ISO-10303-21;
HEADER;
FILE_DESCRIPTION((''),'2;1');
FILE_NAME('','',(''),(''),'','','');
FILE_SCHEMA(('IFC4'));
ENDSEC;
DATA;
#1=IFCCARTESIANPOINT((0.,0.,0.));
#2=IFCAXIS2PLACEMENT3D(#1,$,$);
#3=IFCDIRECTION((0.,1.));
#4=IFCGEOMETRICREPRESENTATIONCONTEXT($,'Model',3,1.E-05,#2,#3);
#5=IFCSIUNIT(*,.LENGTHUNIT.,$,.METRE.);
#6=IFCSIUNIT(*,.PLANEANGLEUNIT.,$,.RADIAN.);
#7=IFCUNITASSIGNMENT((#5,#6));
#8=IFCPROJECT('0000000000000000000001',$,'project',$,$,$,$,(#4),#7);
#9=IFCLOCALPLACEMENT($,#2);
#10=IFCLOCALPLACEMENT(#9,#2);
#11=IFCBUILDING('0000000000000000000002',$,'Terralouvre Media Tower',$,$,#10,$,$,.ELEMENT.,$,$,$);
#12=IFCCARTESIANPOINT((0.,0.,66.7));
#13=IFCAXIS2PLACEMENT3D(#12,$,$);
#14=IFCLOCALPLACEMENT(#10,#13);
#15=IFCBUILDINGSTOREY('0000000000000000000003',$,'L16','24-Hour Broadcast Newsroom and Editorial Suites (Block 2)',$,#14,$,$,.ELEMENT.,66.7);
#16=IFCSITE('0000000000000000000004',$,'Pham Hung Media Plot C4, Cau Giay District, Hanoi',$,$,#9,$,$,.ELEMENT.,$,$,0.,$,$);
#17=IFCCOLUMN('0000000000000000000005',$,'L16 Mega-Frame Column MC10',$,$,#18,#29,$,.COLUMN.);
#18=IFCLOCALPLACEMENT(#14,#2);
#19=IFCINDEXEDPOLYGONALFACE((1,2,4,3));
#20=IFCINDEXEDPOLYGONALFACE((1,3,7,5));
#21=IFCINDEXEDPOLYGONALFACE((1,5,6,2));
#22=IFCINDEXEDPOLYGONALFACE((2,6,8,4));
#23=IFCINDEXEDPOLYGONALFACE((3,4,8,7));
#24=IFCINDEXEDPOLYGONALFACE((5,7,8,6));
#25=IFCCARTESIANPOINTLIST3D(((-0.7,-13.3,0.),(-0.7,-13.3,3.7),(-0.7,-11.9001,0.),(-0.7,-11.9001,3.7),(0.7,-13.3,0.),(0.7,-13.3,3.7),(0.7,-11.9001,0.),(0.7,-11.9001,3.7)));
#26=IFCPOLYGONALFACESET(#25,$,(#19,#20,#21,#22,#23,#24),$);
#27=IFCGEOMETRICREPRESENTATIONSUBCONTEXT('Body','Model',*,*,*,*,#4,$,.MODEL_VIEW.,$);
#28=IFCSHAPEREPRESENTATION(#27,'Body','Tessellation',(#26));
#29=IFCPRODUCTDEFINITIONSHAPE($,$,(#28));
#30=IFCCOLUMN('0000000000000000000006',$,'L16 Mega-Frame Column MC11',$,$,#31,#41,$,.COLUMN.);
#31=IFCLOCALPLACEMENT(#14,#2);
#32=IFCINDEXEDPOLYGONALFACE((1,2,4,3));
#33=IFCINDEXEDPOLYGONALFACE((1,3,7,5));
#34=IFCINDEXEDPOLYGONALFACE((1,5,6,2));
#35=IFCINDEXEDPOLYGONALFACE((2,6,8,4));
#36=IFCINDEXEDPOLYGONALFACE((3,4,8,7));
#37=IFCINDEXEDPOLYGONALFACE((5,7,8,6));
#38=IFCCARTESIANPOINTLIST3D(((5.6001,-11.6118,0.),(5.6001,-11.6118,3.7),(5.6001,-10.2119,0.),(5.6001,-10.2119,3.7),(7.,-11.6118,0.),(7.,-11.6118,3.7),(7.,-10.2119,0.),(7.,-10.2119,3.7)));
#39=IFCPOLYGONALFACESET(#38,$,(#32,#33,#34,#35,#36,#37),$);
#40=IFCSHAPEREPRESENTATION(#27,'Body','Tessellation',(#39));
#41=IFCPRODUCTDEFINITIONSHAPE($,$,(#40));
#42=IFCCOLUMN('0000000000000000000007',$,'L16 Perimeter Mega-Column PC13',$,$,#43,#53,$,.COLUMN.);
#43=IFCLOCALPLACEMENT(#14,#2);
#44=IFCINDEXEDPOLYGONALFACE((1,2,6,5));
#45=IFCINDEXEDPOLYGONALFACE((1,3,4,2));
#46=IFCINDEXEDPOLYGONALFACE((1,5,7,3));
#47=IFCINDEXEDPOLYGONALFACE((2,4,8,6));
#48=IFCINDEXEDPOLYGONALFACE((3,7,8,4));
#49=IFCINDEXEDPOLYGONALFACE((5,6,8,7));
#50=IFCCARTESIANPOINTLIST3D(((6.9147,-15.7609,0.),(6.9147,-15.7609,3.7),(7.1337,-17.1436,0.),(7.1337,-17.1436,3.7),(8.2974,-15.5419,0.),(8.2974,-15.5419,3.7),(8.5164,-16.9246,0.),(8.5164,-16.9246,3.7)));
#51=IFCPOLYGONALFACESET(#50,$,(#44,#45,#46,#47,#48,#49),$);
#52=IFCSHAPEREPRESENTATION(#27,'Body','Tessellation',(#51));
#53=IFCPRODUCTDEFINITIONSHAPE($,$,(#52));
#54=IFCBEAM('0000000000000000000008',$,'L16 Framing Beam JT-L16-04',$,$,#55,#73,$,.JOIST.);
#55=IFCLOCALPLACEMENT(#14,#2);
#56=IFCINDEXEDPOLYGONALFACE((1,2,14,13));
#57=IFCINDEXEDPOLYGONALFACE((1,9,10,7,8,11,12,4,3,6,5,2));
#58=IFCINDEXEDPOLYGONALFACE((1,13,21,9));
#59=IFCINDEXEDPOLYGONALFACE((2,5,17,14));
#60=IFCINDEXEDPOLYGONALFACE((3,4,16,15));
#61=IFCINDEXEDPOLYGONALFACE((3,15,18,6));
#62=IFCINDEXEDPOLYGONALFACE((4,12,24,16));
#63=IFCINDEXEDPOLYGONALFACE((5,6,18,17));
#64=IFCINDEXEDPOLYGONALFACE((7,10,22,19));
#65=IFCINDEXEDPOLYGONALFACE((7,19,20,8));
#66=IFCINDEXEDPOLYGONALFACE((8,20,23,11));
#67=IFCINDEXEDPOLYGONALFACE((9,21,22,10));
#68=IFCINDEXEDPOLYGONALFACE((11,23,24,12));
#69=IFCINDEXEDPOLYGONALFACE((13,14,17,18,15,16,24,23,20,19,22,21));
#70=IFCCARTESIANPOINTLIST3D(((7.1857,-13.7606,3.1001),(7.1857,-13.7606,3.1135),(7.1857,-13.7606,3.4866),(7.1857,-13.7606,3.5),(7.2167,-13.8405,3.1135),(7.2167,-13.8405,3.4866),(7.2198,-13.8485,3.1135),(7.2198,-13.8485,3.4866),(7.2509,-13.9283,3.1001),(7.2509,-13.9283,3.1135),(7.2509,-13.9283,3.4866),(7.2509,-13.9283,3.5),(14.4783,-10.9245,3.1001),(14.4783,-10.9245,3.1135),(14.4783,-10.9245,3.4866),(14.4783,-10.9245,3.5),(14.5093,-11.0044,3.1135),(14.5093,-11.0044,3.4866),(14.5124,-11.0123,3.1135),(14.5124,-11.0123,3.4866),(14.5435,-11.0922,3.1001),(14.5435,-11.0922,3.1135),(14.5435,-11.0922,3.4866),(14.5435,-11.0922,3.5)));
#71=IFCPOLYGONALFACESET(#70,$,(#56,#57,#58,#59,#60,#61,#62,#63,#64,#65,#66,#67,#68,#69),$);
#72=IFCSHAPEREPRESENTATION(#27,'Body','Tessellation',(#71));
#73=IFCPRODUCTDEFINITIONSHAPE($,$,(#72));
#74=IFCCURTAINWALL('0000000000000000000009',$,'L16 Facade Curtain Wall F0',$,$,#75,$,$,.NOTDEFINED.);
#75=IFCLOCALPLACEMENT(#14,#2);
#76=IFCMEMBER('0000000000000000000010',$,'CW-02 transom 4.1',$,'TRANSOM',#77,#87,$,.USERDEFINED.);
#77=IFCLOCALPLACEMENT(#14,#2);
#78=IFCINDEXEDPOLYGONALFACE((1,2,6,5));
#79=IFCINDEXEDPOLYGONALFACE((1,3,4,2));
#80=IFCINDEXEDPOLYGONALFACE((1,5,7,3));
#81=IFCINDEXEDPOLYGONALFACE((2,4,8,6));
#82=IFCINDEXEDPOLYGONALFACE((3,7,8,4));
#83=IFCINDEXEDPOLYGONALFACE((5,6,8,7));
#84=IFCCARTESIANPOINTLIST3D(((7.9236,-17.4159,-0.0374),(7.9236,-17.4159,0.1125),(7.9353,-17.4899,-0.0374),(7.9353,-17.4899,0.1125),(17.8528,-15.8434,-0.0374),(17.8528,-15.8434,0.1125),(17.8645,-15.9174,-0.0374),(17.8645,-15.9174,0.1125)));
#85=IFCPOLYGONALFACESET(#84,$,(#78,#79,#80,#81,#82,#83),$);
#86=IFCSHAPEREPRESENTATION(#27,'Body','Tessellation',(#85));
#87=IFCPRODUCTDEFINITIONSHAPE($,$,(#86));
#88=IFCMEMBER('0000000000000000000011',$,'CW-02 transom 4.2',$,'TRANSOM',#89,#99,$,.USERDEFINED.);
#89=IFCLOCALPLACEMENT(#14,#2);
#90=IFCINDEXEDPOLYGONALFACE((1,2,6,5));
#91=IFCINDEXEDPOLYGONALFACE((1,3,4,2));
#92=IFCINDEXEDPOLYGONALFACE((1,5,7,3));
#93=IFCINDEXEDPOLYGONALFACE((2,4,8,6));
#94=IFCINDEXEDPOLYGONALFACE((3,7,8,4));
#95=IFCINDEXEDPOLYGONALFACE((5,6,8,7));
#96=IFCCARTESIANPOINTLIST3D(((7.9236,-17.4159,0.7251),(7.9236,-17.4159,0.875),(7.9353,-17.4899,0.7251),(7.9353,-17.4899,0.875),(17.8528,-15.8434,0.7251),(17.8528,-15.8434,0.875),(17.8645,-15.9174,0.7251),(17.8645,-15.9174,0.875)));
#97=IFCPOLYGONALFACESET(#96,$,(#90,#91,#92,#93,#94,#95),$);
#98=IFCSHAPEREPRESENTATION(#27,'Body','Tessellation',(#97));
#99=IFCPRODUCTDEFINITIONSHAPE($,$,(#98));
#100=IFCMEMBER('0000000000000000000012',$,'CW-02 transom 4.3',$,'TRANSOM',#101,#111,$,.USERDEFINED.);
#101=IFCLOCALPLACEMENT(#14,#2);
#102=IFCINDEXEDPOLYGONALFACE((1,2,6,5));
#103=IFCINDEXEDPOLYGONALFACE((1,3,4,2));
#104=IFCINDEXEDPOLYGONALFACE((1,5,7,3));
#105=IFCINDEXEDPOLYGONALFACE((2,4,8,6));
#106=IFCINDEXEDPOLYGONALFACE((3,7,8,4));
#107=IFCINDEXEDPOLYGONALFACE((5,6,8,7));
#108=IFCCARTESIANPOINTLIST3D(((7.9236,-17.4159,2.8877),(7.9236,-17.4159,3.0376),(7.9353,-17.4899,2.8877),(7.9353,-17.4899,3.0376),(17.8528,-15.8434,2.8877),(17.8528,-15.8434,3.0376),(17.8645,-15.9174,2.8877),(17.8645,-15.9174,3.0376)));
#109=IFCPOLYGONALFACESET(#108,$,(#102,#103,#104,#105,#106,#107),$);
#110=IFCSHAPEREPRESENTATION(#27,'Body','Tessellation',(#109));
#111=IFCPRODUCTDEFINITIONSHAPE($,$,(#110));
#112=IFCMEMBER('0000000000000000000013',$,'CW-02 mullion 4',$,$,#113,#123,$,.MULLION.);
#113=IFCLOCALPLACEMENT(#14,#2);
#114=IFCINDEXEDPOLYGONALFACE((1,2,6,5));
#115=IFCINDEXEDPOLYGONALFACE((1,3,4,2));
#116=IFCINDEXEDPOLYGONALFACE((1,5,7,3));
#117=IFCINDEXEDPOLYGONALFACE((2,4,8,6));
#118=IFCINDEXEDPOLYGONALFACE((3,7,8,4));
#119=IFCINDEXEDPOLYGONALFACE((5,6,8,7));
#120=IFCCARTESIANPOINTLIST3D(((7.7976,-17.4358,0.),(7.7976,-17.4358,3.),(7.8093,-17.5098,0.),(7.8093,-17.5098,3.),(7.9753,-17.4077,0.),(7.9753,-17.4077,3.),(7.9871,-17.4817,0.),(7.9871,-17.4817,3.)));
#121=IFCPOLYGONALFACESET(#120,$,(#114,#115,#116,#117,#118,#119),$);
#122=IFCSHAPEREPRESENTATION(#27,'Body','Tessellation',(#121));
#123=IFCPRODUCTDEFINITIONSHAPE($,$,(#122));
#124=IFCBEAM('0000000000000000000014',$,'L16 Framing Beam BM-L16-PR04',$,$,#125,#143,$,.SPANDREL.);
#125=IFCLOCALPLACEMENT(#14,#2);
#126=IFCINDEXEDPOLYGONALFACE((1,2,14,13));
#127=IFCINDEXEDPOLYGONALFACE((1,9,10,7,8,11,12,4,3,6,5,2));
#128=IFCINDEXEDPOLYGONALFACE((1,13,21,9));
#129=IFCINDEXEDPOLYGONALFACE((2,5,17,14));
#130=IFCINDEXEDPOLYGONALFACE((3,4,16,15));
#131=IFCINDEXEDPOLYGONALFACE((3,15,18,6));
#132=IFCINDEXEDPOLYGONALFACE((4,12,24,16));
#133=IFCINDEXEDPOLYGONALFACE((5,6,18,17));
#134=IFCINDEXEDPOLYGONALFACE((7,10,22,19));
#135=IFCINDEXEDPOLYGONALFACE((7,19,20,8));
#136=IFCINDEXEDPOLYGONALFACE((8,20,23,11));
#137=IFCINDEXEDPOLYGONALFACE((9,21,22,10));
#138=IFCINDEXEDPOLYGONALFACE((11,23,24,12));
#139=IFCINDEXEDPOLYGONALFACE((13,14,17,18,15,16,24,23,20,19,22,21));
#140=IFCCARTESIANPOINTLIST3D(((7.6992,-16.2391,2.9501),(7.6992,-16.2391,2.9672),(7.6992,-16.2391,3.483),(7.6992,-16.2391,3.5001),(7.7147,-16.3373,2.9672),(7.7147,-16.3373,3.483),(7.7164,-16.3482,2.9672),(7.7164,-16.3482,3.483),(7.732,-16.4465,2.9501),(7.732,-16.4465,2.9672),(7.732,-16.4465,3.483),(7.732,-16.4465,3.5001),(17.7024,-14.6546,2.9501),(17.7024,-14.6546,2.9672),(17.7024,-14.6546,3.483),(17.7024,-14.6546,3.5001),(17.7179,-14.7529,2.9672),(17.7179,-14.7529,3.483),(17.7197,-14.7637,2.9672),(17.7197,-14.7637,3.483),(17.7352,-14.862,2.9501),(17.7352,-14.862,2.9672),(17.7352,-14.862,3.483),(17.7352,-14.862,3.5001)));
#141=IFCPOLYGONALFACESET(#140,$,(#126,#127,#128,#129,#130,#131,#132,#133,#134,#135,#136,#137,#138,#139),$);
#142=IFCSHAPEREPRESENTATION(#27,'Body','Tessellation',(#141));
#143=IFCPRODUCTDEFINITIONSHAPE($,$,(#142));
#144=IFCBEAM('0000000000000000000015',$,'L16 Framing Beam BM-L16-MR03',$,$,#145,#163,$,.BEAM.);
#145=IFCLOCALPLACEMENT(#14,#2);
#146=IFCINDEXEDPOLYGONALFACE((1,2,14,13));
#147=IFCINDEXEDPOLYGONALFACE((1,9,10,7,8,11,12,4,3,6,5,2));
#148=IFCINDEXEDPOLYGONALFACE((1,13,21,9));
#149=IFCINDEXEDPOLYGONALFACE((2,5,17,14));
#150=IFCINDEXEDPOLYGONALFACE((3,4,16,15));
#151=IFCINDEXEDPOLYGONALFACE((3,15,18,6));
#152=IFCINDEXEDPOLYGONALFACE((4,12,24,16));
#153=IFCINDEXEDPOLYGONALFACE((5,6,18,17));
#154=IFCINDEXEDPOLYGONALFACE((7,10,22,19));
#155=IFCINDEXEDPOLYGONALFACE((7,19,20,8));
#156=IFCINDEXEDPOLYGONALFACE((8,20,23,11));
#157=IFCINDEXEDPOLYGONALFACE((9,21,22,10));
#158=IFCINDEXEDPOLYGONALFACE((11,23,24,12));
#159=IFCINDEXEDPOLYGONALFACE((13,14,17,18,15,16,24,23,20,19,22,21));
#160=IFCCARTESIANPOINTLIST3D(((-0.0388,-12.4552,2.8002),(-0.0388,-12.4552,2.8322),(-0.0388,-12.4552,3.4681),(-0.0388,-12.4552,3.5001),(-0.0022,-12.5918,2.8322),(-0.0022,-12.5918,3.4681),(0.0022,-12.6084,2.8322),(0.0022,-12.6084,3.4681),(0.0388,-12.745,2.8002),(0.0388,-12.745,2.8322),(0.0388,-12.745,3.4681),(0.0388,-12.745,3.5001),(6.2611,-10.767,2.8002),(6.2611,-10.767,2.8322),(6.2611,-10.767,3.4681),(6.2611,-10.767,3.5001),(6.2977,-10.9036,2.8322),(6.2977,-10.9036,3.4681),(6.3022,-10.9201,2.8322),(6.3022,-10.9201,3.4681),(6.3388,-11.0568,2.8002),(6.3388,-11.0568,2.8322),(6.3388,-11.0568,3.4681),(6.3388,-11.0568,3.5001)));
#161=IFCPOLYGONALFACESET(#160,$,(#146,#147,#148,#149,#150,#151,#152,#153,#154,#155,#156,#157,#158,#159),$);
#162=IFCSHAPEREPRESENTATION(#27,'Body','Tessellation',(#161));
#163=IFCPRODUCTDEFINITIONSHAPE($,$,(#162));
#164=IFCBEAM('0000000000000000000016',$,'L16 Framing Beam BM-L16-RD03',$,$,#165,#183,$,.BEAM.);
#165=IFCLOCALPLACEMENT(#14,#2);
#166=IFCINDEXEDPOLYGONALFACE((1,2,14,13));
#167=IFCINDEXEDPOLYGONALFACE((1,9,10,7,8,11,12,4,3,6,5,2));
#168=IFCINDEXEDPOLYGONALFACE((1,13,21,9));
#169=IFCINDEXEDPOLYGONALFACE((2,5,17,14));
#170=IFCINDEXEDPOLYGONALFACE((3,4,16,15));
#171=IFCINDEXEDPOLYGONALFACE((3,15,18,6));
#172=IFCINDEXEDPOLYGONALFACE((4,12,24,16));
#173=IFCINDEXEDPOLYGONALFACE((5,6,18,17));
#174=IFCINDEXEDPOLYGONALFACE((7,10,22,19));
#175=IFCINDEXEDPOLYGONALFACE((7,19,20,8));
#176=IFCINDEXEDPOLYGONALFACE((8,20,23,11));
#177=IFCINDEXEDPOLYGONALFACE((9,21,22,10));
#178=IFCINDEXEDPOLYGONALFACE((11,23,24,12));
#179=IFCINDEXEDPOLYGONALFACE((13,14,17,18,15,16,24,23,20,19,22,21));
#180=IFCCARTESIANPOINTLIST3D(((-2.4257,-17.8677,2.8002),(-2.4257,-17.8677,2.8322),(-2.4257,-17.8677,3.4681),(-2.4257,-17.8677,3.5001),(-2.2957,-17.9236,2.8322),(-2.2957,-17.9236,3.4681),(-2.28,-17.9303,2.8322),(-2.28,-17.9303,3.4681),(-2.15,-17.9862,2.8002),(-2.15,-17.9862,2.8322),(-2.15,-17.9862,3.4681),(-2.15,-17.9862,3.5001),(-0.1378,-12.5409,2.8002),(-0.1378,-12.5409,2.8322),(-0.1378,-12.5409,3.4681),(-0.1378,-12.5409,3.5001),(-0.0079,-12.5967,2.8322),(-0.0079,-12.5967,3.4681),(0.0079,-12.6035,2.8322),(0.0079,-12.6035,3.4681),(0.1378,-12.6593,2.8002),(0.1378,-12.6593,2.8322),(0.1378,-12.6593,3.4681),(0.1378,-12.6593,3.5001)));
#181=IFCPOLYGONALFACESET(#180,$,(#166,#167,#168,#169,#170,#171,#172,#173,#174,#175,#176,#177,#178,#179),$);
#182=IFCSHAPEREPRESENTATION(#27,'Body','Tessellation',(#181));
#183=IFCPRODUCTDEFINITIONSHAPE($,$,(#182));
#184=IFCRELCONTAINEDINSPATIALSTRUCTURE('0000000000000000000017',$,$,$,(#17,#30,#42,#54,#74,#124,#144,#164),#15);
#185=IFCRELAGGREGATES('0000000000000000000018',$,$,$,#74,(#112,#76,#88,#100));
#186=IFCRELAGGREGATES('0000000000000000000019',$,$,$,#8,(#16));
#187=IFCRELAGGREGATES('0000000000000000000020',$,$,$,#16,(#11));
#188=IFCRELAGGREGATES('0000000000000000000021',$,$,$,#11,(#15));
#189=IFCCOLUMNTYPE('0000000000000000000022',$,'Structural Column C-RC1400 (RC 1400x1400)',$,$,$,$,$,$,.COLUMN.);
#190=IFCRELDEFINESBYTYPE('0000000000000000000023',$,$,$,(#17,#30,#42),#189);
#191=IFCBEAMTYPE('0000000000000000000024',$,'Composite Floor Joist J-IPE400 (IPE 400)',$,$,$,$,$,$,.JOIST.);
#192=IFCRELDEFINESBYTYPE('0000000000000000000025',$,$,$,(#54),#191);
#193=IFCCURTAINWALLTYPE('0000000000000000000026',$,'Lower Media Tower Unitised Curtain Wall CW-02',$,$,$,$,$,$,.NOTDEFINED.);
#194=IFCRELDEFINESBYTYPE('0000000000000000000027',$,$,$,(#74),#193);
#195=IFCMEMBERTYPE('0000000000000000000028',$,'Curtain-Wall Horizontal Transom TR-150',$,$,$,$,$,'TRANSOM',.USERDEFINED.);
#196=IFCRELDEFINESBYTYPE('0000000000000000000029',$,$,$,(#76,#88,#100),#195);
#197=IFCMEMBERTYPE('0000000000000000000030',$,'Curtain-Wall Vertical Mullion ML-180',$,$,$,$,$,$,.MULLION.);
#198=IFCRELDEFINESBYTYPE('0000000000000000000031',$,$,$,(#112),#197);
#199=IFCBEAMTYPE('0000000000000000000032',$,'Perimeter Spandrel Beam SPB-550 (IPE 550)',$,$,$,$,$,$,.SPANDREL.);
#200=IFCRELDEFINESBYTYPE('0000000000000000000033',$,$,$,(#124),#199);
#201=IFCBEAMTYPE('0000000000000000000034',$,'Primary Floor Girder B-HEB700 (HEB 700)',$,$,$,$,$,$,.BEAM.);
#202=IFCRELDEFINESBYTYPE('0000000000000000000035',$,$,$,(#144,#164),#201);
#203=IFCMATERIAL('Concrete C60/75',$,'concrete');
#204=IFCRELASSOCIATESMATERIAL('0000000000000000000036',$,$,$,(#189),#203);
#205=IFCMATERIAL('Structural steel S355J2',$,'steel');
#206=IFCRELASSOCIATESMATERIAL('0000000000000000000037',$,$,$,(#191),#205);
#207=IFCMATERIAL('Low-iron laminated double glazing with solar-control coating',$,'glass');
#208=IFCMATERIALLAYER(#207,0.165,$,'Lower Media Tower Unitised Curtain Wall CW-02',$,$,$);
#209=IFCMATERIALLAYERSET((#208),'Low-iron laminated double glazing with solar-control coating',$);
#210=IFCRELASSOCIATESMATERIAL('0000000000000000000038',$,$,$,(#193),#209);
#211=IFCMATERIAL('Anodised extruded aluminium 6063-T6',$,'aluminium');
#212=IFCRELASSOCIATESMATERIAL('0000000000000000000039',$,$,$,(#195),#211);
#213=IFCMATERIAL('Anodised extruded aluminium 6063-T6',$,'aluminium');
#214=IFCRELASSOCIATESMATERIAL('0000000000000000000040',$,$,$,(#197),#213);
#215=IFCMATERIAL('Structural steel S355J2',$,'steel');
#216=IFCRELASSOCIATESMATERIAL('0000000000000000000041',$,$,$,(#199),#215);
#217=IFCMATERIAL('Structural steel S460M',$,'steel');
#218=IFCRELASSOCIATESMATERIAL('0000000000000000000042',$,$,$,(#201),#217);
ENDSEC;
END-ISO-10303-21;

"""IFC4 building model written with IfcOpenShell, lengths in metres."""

from ifc_helpers import new_model, si_unit, direction, frame, origin, origin_2d, place, context, subcontext, project, spatial, rectangle, i_section, extrude, material, layer, layer_set, material_profile, profile_set, type_object, element, aggregate, save


model = new_model("IFC4")

# Units and contexts
model_context = context("Model", 3, precision=1e-05, world=origin(), true_north=direction((0.0, 1.0)))
body_context = subcontext(model_context, "Body", "Model", "MODEL_VIEW")
ifc_project = project(units=[si_unit("LENGTHUNIT", "METRE"), si_unit("PLANEANGLEUNIT", "RADIAN")], contexts=[model_context])

# Site, building, storey
site_placement = place(None, origin())
site = spatial("IfcSite", under=ifc_project, at=site_placement, Name="Pham Hung Media Plot C4, Cau Giay District, Hanoi", CompositionType="ELEMENT", RefElevation=0.0)
building_placement = place(site_placement, origin())
building = spatial("IfcBuilding", under=site, at=building_placement, Name="Terralouvre Media Tower", CompositionType="ELEMENT")
storey_placement = place(building_placement, frame((0.0, 0.0, 66.7)))
storey = spatial("IfcBuildingStorey", under=building, at=storey_placement, Name="L16", Description="24-Hour Broadcast Newsroom and Editorial Suites (Block 2)", CompositionType="ELEMENT", Elevation=66.7)

# Columns
ifc_material_1 = material(Name="Concrete C60/75", Category="concrete")
ifc_material_profile_1 = material_profile(ifc_material_1, rectangle(XDim=1.3999, YDim=1.3999, at=origin_2d()), Name="RC 1400x1400")
ifc_profile_set_1 = profile_set([ifc_material_profile_1], Name="Concrete C60/75")
column_type = type_object("IfcColumnType", Name="Structural Column C-RC1400 (RC 1400x1400)", PredefinedType="COLUMN", material=ifc_profile_set_1)
for number, where, z_axis, x_axis, name in (
    (1, (0.0, -12.6001, 0.0), (0.0, 0.0, 1.0), (1.0, 0.0, 0.0), "L16 Mega-Frame Column MC10"),
    (2, (6.3, -10.9119, 0.0), (0.0, 0.0, 1.0), (1.0, 0.0, 0.0), "L16 Mega-Frame Column MC11"),
    (3, (7.7156, -16.3428, 0.0), (0.0, 0.0, 1.0), (0.987688, 0.156434, 0.0), "L16 Perimeter Mega-Column PC13"),
):
    element("IfcColumn", number, at=place(storey_placement, frame(where, z_axis=z_axis, x_axis=x_axis)), inside=storey, type_object=column_type, Name=name, PredefinedType="COLUMN", context=body_context, shape_type="SweptSolid", body=[
        extrude(rectangle(XDim=1.3999, YDim=1.3999, at=origin_2d()), origin(), (0.0, 0.0, 1.0), 3.7),
    ])

# Beam
ifc_material_2 = material(Name="Structural steel S355J2", Category="steel")
ifc_material_profile_2 = material_profile(ifc_material_2, i_section(OverallWidth=0.1799, OverallDepth=0.3999, WebThickness=0.0085, FlangeThickness=0.0134, at=origin_2d()), Name="IPE 400")
ifc_profile_set_2 = profile_set([ifc_material_profile_2], Name="Structural steel S355J2")
beam_type_1 = type_object("IfcBeamType", Name="Composite Floor Joist J-IPE400 (IPE 400)", PredefinedType="JOIST", material=ifc_profile_set_2)
beam_1_placement = place(storey_placement, frame((7.2183, -13.8445, 3.3), z_axis=(0.931999, 0.36246, 0.0), x_axis=(-0.36246, 0.931999, 0.0)))
element("IfcBeam", 4, at=beam_1_placement, inside=storey, type_object=beam_type_1, Name="L16 Framing Beam JT-L16-04", PredefinedType="JOIST", context=body_context, shape_type="SweptSolid", body=[
    extrude(i_section(OverallWidth=0.1799, OverallDepth=0.3999, WebThickness=0.0085, FlangeThickness=0.0134, at=origin_2d()), origin(), (0.0, 0.0, 1.0), 7.8247),
])

# Curtain wall, members
ifc_material_3 = material(Name="Low-iron laminated double glazing with solar-control coating", Category="glass")
ifc_layer_1 = layer(ifc_material_3, 0.165, Name="Lower Media Tower Unitised Curtain Wall CW-02")
ifc_layer_set_1 = layer_set([ifc_layer_1], Name="Low-iron laminated double glazing with solar-control coating")
curtain_wall_type = type_object("IfcCurtainWallType", Name="Lower Media Tower Unitised Curtain Wall CW-02", PredefinedType="NOTDEFINED", material=ifc_layer_set_1)
curtain_wall_placement = place(storey_placement, origin())
curtain_wall = element("IfcCurtainWall", 5, at=curtain_wall_placement, inside=storey, type_object=curtain_wall_type, Name="L16 Facade Curtain Wall F0", PredefinedType="NOTDEFINED")
ifc_material_4 = material(Name="Anodised extruded aluminium 6063-T6", Category="aluminium")
ifc_material_profile_3 = material_profile(ifc_material_4, rectangle(XDim=0.075, YDim=0.1499, at=origin_2d()), Name="ALU 75x150")
ifc_profile_set_3 = profile_set([ifc_material_profile_3], Name="Anodised extruded aluminium 6063-T6")
member_type_1 = type_object("IfcMemberType", Name="Curtain-Wall Horizontal Transom TR-150", ElementType="TRANSOM", PredefinedType="USERDEFINED", material=ifc_profile_set_3)
member_1_placement = place(storey_placement, frame((7.9294, -17.4529, 0.0376), z_axis=(0.98769, 0.156423, 0.0), x_axis=(-0.156423, 0.98769, 0.0)))
member_1 = element("IfcMember", 6, at=member_1_placement, type_object=member_type_1, Name="CW-02 transom 4.1", ObjectType="TRANSOM", PredefinedType="USERDEFINED", context=body_context, shape_type="SweptSolid", body=[
    extrude(rectangle(XDim=0.075, YDim=0.1499, at=origin_2d()), origin(), (0.0, 0.0, 1.0), 10.053),
])
member_2_placement = place(storey_placement, frame((7.9294, -17.4529, 0.8), z_axis=(0.98769, 0.156423, 0.0), x_axis=(-0.156423, 0.98769, 0.0)))
member_2 = element("IfcMember", 7, at=member_2_placement, type_object=member_type_1, Name="CW-02 transom 4.2", ObjectType="TRANSOM", PredefinedType="USERDEFINED", context=body_context, shape_type="SweptSolid", body=[
    extrude(rectangle(XDim=0.075, YDim=0.1499, at=origin_2d()), origin(), (0.0, 0.0, 1.0), 10.053),
])
member_3_placement = place(storey_placement, frame((7.9294, -17.4529, 2.9626), z_axis=(0.98769, 0.156423, 0.0), x_axis=(-0.156423, 0.98769, 0.0)))
member_3 = element("IfcMember", 8, at=member_3_placement, type_object=member_type_1, Name="CW-02 transom 4.3", ObjectType="TRANSOM", PredefinedType="USERDEFINED", context=body_context, shape_type="SweptSolid", body=[
    extrude(rectangle(XDim=0.075, YDim=0.1499, at=origin_2d()), origin(), (0.0, 0.0, 1.0), 10.053),
])
ifc_material_5 = material(Name="Anodised extruded aluminium 6063-T6", Category="aluminium")
ifc_material_profile_4 = material_profile(ifc_material_5, rectangle(XDim=0.075, YDim=0.1799, at=origin_2d()), Name="ALU 75x180")
ifc_profile_set_4 = profile_set([ifc_material_profile_4], Name="Anodised extruded aluminium 6063-T6")
member_type_2 = type_object("IfcMemberType", Name="Curtain-Wall Vertical Mullion ML-180", PredefinedType="MULLION", material=ifc_profile_set_4)
member_4_placement = place(storey_placement, frame((7.8923, -17.4587, 0.0), z_axis=(0.0, 0.0, 1.0), x_axis=(-0.156434, 0.987688, 0.0)))
member_4 = element("IfcMember", 9, at=member_4_placement, type_object=member_type_2, Name="CW-02 mullion 4", PredefinedType="MULLION", context=body_context, shape_type="SweptSolid", body=[
    extrude(rectangle(XDim=0.075, YDim=0.1799, at=origin_2d()), origin(), (0.0, 0.0, 1.0), 3.0),
])

# Beams
ifc_material_6 = material(Name="Structural steel S355J2", Category="steel")
ifc_material_profile_5 = material_profile(ifc_material_6, i_section(OverallWidth=0.21, OverallDepth=0.55, WebThickness=0.011, FlangeThickness=0.0171, at=origin_2d()), Name="IPE 550")
ifc_profile_set_5 = profile_set([ifc_material_profile_5], Name="Structural steel S355J2")
beam_type_2 = type_object("IfcBeamType", Name="Perimeter Spandrel Beam SPB-550 (IPE 550)", PredefinedType="SPANDREL", material=ifc_profile_set_5)
beam_2_placement = place(storey_placement, frame((7.7156, -16.3428, 3.2251), z_axis=(0.987686, 0.156447, 0.0), x_axis=(-0.156447, 0.987686, 0.0)))
element("IfcBeam", 10, at=beam_2_placement, inside=storey, type_object=beam_type_2, Name="L16 Framing Beam BM-L16-PR04", PredefinedType="SPANDREL", context=body_context, shape_type="SweptSolid", body=[
    extrude(i_section(OverallWidth=0.21, OverallDepth=0.55, WebThickness=0.011, FlangeThickness=0.0171, at=origin_2d()), origin(), (0.0, 0.0, 1.0), 10.1279),
])
ifc_material_7 = material(Name="Structural steel S460M", Category="steel")
ifc_material_profile_6 = material_profile(ifc_material_7, i_section(OverallWidth=0.3, OverallDepth=0.7, WebThickness=0.0171, FlangeThickness=0.032, at=origin_2d()), Name="HEB 700")
ifc_profile_set_6 = profile_set([ifc_material_profile_6], Name="Structural steel S460M")
beam_type_3 = type_object("IfcBeamType", Name="Primary Floor Girder B-HEB700 (HEB 700)", PredefinedType="BEAM", material=ifc_profile_set_6)
beam_3_placement = place(storey_placement, frame((0.0, -12.6001, 3.1501), z_axis=(0.96592, 0.258839, 0.0), x_axis=(-0.258839, 0.96592, 0.0)))
element("IfcBeam", 11, at=beam_3_placement, inside=storey, type_object=beam_type_3, Name="L16 Framing Beam BM-L16-MR03", PredefinedType="BEAM", context=body_context, shape_type="SweptSolid", body=[
    extrude(i_section(OverallWidth=0.3, OverallDepth=0.7, WebThickness=0.0171, FlangeThickness=0.032, at=origin_2d()), origin(), (0.0, 0.0, 1.0), 6.5222),
])
beam_4_placement = place(storey_placement, frame((0.0, -12.6001, 3.1501), z_axis=(-0.394631, -0.91884, 0.0), x_axis=(0.91884, -0.394631, 0.0)))
element("IfcBeam", 12, at=beam_4_placement, inside=storey, type_object=beam_type_3, Name="L16 Framing Beam BM-L16-RD03", PredefinedType="BEAM", context=body_context, shape_type="SweptSolid", body=[
    extrude(i_section(OverallWidth=0.3, OverallDepth=0.7, WebThickness=0.0171, FlangeThickness=0.032, at=origin_2d()), origin(), (0.0, 0.0, 1.0), 5.7974),
])

aggregate(curtain_wall, [member_4, member_1, member_2, member_3])

save(model, "model.ifc")
